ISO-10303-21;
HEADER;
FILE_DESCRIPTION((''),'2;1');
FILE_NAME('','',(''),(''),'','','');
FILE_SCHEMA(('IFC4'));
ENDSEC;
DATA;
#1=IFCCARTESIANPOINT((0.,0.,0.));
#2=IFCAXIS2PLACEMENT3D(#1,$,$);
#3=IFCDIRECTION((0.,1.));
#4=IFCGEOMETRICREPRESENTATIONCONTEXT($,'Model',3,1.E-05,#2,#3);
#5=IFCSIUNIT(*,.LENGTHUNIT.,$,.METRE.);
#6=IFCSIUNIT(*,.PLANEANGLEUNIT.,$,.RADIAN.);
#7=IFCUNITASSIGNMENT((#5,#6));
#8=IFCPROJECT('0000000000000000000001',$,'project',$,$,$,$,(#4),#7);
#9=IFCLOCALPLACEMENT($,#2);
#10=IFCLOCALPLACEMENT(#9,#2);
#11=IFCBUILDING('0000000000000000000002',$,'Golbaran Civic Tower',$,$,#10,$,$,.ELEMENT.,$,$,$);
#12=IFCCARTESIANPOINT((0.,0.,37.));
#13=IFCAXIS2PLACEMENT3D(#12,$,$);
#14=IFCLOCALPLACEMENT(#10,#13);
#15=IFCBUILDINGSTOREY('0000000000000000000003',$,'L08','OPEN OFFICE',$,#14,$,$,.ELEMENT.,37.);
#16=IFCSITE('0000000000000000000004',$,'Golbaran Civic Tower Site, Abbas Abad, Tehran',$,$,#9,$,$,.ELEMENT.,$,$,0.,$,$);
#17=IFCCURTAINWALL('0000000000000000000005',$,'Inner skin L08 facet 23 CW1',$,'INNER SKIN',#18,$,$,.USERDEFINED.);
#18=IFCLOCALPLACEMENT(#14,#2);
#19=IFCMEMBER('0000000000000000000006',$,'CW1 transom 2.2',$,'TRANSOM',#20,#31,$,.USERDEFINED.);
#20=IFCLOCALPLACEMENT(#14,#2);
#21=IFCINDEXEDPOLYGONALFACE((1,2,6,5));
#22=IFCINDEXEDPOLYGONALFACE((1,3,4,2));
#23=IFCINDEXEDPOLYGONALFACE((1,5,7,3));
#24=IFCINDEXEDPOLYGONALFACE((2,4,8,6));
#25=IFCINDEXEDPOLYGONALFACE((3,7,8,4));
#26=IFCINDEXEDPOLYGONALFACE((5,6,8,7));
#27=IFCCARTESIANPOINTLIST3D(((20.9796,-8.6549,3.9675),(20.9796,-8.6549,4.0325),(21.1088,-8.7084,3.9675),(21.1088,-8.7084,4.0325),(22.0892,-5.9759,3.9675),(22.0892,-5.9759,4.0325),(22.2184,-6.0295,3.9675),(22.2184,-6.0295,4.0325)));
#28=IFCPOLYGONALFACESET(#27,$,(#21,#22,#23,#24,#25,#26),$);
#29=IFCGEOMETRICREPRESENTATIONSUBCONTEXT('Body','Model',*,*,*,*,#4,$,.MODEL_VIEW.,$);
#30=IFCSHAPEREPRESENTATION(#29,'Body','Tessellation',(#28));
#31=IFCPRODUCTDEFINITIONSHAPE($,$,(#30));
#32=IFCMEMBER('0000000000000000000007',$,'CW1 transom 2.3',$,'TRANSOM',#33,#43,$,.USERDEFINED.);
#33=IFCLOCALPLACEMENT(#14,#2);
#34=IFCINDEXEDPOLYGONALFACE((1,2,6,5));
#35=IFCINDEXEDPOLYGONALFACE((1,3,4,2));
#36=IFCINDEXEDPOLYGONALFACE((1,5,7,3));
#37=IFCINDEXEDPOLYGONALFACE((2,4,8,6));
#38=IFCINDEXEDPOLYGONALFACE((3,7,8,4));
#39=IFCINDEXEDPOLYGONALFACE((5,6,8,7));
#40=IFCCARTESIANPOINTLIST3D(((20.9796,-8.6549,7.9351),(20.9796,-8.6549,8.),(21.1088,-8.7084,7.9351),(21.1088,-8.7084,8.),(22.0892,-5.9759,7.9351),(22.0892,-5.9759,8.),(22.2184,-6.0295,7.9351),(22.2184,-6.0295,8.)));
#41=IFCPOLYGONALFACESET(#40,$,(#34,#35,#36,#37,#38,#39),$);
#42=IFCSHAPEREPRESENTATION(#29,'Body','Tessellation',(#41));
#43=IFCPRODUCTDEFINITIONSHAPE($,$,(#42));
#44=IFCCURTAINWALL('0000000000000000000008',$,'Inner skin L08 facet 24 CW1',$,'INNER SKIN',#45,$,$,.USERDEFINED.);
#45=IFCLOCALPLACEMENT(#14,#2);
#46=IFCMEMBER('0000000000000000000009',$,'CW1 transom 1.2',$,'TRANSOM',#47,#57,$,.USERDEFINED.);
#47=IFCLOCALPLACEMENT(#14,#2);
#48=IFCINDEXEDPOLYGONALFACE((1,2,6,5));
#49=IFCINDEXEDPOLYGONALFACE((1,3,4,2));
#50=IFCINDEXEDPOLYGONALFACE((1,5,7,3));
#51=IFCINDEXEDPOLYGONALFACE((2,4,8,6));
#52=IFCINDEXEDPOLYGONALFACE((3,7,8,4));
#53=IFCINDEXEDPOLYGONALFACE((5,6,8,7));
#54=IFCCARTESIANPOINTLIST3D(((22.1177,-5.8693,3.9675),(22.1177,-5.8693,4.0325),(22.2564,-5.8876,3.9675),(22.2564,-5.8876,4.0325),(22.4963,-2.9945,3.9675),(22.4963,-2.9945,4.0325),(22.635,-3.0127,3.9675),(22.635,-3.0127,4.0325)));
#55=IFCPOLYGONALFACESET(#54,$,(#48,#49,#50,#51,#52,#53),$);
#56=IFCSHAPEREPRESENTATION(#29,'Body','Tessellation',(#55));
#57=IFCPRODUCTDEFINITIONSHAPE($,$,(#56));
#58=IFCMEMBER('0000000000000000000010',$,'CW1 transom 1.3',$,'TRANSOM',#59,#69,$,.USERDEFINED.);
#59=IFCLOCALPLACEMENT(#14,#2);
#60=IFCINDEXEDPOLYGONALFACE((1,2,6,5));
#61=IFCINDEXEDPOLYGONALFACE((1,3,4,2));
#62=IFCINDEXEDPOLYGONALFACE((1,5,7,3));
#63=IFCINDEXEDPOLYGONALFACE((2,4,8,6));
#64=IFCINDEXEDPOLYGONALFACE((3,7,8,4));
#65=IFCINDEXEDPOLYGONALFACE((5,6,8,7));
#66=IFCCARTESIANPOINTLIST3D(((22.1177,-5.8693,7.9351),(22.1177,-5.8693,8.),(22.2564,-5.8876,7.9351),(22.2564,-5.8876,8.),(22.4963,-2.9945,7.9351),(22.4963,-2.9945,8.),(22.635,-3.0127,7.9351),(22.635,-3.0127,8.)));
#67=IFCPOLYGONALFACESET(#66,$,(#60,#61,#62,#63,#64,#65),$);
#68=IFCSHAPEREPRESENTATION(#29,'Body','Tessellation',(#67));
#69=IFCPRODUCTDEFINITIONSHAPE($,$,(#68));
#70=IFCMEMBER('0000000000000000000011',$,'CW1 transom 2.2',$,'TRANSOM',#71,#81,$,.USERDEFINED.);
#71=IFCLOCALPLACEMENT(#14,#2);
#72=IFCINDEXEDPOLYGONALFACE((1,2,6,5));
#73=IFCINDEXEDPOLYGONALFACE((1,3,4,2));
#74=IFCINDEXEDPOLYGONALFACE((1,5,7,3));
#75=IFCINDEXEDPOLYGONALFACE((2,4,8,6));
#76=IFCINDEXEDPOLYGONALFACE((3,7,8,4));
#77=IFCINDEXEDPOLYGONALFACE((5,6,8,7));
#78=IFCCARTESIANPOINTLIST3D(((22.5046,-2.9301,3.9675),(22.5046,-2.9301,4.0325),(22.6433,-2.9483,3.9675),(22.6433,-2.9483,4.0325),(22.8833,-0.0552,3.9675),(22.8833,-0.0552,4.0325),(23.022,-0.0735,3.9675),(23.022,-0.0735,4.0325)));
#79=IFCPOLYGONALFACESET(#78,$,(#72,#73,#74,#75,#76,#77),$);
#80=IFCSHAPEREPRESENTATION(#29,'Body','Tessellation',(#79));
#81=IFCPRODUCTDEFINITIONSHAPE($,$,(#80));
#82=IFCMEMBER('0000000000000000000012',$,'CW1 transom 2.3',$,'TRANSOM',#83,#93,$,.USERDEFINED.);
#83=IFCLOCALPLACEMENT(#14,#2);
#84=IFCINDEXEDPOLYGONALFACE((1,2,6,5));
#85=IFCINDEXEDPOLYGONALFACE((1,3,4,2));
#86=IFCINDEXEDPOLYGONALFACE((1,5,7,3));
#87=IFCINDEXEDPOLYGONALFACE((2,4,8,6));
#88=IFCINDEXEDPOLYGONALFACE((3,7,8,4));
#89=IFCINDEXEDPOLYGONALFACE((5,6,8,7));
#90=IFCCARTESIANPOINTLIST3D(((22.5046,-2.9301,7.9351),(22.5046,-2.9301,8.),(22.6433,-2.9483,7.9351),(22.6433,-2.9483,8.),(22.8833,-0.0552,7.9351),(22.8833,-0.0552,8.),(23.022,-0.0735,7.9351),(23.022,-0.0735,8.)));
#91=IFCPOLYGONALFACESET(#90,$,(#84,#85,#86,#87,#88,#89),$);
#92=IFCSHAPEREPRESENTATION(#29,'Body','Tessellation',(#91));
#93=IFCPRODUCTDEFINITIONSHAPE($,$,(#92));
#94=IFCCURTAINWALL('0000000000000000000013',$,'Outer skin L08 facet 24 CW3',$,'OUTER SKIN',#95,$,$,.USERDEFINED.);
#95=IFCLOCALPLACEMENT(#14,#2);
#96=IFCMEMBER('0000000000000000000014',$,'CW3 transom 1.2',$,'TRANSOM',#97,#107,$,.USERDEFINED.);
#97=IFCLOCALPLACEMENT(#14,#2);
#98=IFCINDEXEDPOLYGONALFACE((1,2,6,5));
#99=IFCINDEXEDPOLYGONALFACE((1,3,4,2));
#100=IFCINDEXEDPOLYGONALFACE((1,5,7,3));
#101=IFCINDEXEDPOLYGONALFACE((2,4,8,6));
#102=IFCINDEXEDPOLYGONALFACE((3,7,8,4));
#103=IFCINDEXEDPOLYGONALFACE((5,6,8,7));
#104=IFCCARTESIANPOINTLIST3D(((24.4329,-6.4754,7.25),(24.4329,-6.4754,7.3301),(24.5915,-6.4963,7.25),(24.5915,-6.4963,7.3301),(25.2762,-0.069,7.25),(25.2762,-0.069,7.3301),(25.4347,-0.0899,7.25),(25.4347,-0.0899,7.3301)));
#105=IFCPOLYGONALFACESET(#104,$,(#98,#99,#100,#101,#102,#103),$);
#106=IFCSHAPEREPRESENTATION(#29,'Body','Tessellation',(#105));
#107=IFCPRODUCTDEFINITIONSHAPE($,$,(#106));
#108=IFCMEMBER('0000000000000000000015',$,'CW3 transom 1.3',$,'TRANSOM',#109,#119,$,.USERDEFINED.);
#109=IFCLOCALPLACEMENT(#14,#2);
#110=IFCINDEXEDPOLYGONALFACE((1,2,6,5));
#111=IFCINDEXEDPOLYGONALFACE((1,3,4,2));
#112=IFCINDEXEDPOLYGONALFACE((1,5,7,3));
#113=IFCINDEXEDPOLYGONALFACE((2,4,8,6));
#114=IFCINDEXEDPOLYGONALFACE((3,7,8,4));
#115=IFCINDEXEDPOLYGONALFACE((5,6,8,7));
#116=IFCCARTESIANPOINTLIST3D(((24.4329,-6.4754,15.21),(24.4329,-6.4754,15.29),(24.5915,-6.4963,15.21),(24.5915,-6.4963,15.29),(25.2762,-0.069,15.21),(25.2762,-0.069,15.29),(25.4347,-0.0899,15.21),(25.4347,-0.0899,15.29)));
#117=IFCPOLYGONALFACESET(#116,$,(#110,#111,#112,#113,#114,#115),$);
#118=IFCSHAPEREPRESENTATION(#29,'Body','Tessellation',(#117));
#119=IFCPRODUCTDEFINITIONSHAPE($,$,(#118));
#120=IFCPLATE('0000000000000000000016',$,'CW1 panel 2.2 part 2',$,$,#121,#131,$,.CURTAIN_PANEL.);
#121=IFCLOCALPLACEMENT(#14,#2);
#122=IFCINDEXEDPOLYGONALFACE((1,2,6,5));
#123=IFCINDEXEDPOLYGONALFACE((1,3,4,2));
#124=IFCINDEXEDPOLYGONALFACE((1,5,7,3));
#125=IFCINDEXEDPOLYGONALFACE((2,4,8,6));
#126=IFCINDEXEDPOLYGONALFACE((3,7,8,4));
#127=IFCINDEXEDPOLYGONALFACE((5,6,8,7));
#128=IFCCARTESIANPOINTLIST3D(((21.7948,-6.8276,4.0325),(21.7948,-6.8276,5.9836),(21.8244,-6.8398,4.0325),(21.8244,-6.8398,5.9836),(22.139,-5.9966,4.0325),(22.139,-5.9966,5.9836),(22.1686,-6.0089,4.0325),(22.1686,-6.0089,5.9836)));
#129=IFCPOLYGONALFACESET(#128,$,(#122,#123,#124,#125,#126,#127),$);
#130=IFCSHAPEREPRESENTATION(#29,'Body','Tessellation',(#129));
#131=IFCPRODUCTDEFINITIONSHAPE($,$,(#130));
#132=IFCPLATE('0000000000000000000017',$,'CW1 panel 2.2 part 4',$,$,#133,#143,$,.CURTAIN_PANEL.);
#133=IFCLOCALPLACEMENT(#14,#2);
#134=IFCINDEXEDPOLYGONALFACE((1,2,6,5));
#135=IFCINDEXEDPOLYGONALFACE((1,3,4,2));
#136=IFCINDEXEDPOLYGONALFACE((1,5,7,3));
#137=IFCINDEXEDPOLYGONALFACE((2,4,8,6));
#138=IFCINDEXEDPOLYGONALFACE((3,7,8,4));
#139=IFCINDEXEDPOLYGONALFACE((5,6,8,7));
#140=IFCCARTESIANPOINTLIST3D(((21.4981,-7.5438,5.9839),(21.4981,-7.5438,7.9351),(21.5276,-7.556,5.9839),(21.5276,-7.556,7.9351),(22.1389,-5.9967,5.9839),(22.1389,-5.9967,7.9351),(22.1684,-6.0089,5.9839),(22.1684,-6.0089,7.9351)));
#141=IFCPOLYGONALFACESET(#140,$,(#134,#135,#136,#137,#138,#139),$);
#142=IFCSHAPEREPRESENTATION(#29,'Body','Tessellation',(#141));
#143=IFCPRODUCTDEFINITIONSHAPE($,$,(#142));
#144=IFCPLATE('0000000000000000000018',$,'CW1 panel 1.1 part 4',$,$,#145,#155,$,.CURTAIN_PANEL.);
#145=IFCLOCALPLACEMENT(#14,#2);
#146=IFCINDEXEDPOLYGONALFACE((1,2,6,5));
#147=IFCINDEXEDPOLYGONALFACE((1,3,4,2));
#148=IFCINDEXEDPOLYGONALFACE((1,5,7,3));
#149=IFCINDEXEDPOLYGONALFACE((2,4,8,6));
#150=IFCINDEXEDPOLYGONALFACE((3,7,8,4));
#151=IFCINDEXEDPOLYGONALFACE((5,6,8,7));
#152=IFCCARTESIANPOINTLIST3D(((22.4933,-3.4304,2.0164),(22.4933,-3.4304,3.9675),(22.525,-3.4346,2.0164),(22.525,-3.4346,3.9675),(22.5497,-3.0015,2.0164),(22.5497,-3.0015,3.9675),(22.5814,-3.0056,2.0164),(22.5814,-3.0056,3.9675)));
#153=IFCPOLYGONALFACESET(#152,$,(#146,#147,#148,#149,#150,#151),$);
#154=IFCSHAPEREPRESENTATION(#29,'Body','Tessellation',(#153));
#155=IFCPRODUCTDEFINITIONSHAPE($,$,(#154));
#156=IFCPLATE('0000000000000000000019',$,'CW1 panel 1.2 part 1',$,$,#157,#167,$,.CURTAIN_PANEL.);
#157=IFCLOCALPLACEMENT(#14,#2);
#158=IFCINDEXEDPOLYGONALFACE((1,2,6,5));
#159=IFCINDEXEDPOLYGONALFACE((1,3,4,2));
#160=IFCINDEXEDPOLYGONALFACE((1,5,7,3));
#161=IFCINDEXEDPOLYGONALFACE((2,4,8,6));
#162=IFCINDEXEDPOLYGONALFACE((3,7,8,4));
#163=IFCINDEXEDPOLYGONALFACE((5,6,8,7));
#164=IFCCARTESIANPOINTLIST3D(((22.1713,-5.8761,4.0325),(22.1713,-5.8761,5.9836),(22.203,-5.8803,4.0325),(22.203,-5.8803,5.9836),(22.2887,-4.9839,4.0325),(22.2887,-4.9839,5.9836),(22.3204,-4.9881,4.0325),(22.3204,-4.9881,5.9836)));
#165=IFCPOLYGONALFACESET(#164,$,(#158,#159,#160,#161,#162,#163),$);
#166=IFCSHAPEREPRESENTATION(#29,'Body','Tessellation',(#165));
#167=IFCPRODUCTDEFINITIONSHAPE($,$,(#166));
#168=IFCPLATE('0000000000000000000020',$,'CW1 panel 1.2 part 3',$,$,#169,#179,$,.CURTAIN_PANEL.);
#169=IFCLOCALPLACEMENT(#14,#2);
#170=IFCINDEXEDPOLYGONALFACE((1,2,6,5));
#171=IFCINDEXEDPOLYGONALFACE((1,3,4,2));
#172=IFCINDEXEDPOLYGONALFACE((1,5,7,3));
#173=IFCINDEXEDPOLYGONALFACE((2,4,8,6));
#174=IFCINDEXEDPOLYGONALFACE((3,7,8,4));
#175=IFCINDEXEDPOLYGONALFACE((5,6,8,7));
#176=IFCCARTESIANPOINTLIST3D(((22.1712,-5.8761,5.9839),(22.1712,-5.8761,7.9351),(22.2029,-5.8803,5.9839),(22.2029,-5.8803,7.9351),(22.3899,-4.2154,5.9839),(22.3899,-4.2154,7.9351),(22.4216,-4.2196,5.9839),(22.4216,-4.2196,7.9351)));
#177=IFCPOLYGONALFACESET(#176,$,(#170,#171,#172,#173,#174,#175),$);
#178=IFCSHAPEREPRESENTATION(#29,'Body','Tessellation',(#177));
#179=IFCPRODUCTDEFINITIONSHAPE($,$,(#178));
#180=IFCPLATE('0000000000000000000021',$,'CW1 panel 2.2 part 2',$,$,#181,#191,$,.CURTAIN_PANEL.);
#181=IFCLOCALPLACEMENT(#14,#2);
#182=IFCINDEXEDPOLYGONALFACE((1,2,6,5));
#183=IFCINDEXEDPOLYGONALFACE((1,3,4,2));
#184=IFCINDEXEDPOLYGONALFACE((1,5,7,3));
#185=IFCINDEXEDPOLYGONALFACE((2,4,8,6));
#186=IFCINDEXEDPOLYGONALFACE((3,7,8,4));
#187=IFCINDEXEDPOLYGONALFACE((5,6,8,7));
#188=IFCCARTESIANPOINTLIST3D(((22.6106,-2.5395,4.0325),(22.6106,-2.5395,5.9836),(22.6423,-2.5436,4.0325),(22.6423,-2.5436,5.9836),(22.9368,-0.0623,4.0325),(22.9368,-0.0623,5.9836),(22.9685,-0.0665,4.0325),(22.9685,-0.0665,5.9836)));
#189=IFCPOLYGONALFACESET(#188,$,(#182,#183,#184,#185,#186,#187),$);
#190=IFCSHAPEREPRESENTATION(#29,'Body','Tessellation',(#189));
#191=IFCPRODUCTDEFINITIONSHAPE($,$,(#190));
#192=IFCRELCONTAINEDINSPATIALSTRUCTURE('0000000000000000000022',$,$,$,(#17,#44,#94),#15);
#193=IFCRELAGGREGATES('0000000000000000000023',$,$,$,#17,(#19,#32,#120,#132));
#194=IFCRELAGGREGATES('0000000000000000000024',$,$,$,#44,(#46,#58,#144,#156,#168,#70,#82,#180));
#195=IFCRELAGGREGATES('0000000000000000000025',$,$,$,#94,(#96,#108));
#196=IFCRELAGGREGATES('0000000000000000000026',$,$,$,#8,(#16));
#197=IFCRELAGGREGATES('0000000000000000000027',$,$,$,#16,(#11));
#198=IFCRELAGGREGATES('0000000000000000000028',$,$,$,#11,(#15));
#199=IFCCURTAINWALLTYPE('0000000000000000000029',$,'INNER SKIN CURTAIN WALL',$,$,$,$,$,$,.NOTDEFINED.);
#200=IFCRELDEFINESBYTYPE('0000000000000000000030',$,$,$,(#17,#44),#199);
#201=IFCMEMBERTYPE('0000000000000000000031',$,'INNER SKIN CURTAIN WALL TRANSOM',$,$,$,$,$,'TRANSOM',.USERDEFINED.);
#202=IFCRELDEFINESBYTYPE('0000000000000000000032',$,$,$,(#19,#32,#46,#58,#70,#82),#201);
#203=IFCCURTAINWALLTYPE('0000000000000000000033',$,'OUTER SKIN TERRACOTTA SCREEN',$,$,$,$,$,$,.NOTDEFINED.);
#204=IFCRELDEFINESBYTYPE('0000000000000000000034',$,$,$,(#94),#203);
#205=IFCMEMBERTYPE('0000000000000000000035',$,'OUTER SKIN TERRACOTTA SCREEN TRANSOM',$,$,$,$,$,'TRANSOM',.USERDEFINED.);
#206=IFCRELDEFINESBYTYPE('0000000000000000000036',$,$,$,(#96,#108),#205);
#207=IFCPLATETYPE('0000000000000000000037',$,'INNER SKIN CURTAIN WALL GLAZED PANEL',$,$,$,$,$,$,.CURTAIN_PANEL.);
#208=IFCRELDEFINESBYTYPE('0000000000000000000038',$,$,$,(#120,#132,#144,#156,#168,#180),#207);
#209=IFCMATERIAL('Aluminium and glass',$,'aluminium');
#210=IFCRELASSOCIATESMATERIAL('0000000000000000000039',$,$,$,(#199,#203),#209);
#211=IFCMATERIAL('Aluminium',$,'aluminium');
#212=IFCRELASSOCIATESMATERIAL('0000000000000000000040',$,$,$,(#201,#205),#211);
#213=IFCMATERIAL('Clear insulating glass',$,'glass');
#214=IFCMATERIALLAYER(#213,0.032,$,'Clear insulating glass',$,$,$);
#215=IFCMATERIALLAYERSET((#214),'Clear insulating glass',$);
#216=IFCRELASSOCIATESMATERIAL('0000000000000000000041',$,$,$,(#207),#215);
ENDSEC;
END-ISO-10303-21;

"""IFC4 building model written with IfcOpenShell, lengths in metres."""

from ifc_helpers import new_model, si_unit, direction, frame, origin, origin_2d, place, context, subcontext, project, spatial, rectangle, extrude, material, layer, layer_set, material_profile, profile_set, type_object, element, aggregate, save


model = new_model("IFC4")

# Units and contexts
model_context = context("Model", 3, precision=1e-05, world=origin(), true_north=direction((0.0, 1.0)))
body_context = subcontext(model_context, "Body", "Model", "MODEL_VIEW")
ifc_project = project(units=[si_unit("LENGTHUNIT", "METRE"), si_unit("PLANEANGLEUNIT", "RADIAN")], contexts=[model_context])

# Site, building, storey
site_placement = place(None, origin())
site = spatial("IfcSite", under=ifc_project, at=site_placement, Name="Golbaran Civic Tower Site, Abbas Abad, Tehran", CompositionType="ELEMENT", RefElevation=0.0)
building_placement = place(site_placement, origin())
building = spatial("IfcBuilding", under=site, at=building_placement, Name="Golbaran Civic Tower", CompositionType="ELEMENT")
storey_placement = place(building_placement, frame((0.0, 0.0, 37.0)))
storey = spatial("IfcBuildingStorey", under=building, at=storey_placement, Name="L08", Description="OPEN OFFICE", CompositionType="ELEMENT", Elevation=37.0)

# Curtain walls, members
ifc_material_1 = material(Name="Aluminium and glass", Category="aluminium")
curtain_wall_type_1 = type_object("IfcCurtainWallType", Name="INNER SKIN CURTAIN WALL", PredefinedType="NOTDEFINED", material=ifc_material_1)
curtain_wall_1_placement = place(storey_placement, origin())
curtain_wall_1 = element("IfcCurtainWall", 1, at=curtain_wall_1_placement, inside=storey, type_object=curtain_wall_type_1, Name="Inner skin L08 facet 23 CW1", ObjectType="INNER SKIN", PredefinedType="USERDEFINED")
ifc_material_2 = material(Name="Aluminium", Category="aluminium")
ifc_material_profile_1 = material_profile(ifc_material_2, rectangle(XDim=0.1399, YDim=0.0649, at=origin_2d()), Name="INNER SKIN CURTAIN WALL TRANSOM")
ifc_profile_set_1 = profile_set([ifc_material_profile_1], Name="Aluminium")
member_type_1 = type_object("IfcMemberType", Name="INNER SKIN CURTAIN WALL TRANSOM", ElementType="TRANSOM", PredefinedType="USERDEFINED", material=ifc_profile_set_1)
member_1_placement = place(storey_placement, frame((21.0442, -8.6816, 4.0), z_axis=(0.382672, 0.923884, 0.0), x_axis=(-0.923884, 0.382672, 0.0)))
member_1 = element("IfcMember", 2, at=member_1_placement, type_object=member_type_1, Name="CW1 transom 2.2", ObjectType="TRANSOM", PredefinedType="USERDEFINED", context=body_context, shape_type="SweptSolid", body=[
    extrude(rectangle(XDim=0.1399, YDim=0.0649, at=origin_2d()), origin(), (0.0, 0.0, 1.0), 2.8997),
])
member_2_placement = place(storey_placement, frame((21.0442, -8.6816, 7.9675), z_axis=(0.382672, 0.923884, 0.0), x_axis=(-0.923884, 0.382672, 0.0)))
member_2 = element("IfcMember", 3, at=member_2_placement, type_object=member_type_1, Name="CW1 transom 2.3", ObjectType="TRANSOM", PredefinedType="USERDEFINED", context=body_context, shape_type="SweptSolid", body=[
    extrude(rectangle(XDim=0.1399, YDim=0.0649, at=origin_2d()), origin(), (0.0, 0.0, 1.0), 2.8997),
])
curtain_wall_2_placement = place(storey_placement, origin())
curtain_wall_2 = element("IfcCurtainWall", 4, at=curtain_wall_2_placement, inside=storey, type_object=curtain_wall_type_1, Name="Inner skin L08 facet 24 CW1", ObjectType="INNER SKIN", PredefinedType="USERDEFINED")
member_3_placement = place(storey_placement, frame((22.187, -5.8784, 4.0), z_axis=(0.130592, 0.991436, 0.0), x_axis=(-0.991436, 0.130592, 0.0)))
member_3 = element("IfcMember", 5, at=member_3_placement, type_object=member_type_1, Name="CW1 transom 1.2", ObjectType="TRANSOM", PredefinedType="USERDEFINED", context=body_context, shape_type="SweptSolid", body=[
    extrude(rectangle(XDim=0.1399, YDim=0.0649, at=origin_2d()), origin(), (0.0, 0.0, 1.0), 2.8997),
])
member_4_placement = place(storey_placement, frame((22.187, -5.8784, 7.9675), z_axis=(0.130592, 0.991436, 0.0), x_axis=(-0.991436, 0.130592, 0.0)))
member_4 = element("IfcMember", 6, at=member_4_placement, type_object=member_type_1, Name="CW1 transom 1.3", ObjectType="TRANSOM", PredefinedType="USERDEFINED", context=body_context, shape_type="SweptSolid", body=[
    extrude(rectangle(XDim=0.1399, YDim=0.0649, at=origin_2d()), origin(), (0.0, 0.0, 1.0), 2.8997),
])
member_5_placement = place(storey_placement, frame((22.574, -2.9392, 4.0), z_axis=(0.130592, 0.991436, 0.0), x_axis=(-0.991436, 0.130592, 0.0)))
member_5 = element("IfcMember", 7, at=member_5_placement, type_object=member_type_1, Name="CW1 transom 2.2", ObjectType="TRANSOM", PredefinedType="USERDEFINED", context=body_context, shape_type="SweptSolid", body=[
    extrude(rectangle(XDim=0.1399, YDim=0.0649, at=origin_2d()), origin(), (0.0, 0.0, 1.0), 2.8997),
])
member_6_placement = place(storey_placement, frame((22.574, -2.9392, 7.9675), z_axis=(0.130592, 0.991436, 0.0), x_axis=(-0.991436, 0.130592, 0.0)))
member_6 = element("IfcMember", 8, at=member_6_placement, type_object=member_type_1, Name="CW1 transom 2.3", ObjectType="TRANSOM", PredefinedType="USERDEFINED", context=body_context, shape_type="SweptSolid", body=[
    extrude(rectangle(XDim=0.1399, YDim=0.0649, at=origin_2d()), origin(), (0.0, 0.0, 1.0), 2.8997),
])
curtain_wall_type_2 = type_object("IfcCurtainWallType", Name="OUTER SKIN TERRACOTTA SCREEN", PredefinedType="NOTDEFINED", material=ifc_material_1)
curtain_wall_3_placement = place(storey_placement, origin())
curtain_wall_3 = element("IfcCurtainWall", 9, at=curtain_wall_3_placement, inside=storey, type_object=curtain_wall_type_2, Name="Outer skin L08 facet 24 CW3", ObjectType="OUTER SKIN", PredefinedType="USERDEFINED")
ifc_material_profile_2 = material_profile(ifc_material_2, rectangle(XDim=0.1599, YDim=0.0801, at=origin_2d()), Name="OUTER SKIN TERRACOTTA SCREEN TRANSOM")
ifc_profile_set_2 = profile_set([ifc_material_profile_2], Name="Aluminium")
member_type_2 = type_object("IfcMemberType", Name="OUTER SKIN TERRACOTTA SCREEN TRANSOM", ElementType="TRANSOM", PredefinedType="USERDEFINED", material=ifc_profile_set_2)
member_7_placement = place(storey_placement, frame((24.5122, -6.4858, 7.29), z_axis=(0.1305, 0.991448, 0.0), x_axis=(-0.991448, 0.1305, 0.0)))
member_7 = element("IfcMember", 10, at=member_7_placement, type_object=member_type_2, Name="CW3 transom 1.2", ObjectType="TRANSOM", PredefinedType="USERDEFINED", context=body_context, shape_type="SweptSolid", body=[
    extrude(rectangle(XDim=0.1599, YDim=0.0801, at=origin_2d()), origin(), (0.0, 0.0, 1.0), 6.4617),
])
member_8_placement = place(storey_placement, frame((24.5122, -6.4858, 15.25), z_axis=(0.1305, 0.991448, 0.0), x_axis=(-0.991448, 0.1305, 0.0)))
member_8 = element("IfcMember", 11, at=member_8_placement, type_object=member_type_2, Name="CW3 transom 1.3", ObjectType="TRANSOM", PredefinedType="USERDEFINED", context=body_context, shape_type="SweptSolid", body=[
    extrude(rectangle(XDim=0.1599, YDim=0.0801, at=origin_2d()), origin(), (0.0, 0.0, 1.0), 6.4617),
])

# Plates
ifc_material_3 = material(Name="Clear insulating glass", Category="glass")
ifc_layer_1 = layer(ifc_material_3, 0.032, Name="Clear insulating glass")
ifc_layer_set_1 = layer_set([ifc_layer_1], Name="Clear insulating glass")
plate_type_1 = type_object("IfcPlateType", Name="INNER SKIN CURTAIN WALL GLAZED PANEL", PredefinedType="CURTAIN_PANEL", material=ifc_layer_set_1)
plate_1_placement = place(storey_placement, frame((21.9817, -6.4182, 4.0325), z_axis=(0.0, 0.0, 1.0), x_axis=(0.382683, 0.92388, 0.0)))
plate_1 = element("IfcPlate", 12, at=plate_1_placement, type_object=plate_type_1, Name="CW1 panel 2.2 part 2", PredefinedType="CURTAIN_PANEL", context=body_context, shape_type="SweptSolid", body=[
    extrude(rectangle(XDim=0.8994, YDim=0.032, at=origin_2d()), origin(), (0.0, 0.0, 1.0), 1.9512),
])
plate_2_placement = place(storey_placement, frame((21.8333, -6.7764, 5.9839), z_axis=(0.0, 0.0, 1.0), x_axis=(0.382683, 0.92388, 0.0)))
plate_2 = element("IfcPlate", 13, at=plate_2_placement, type_object=plate_type_1, Name="CW1 panel 2.2 part 4", PredefinedType="CURTAIN_PANEL", context=body_context, shape_type="SweptSolid", body=[
    extrude(rectangle(XDim=1.6746, YDim=0.032, at=origin_2d()), origin(), (0.0, 0.0, 1.0), 1.9512),
])
plate_3_placement = place(storey_placement, frame((22.5374, -3.218, 2.0164), z_axis=(0.0, 0.0, 1.0), x_axis=(0.130526, 0.991445, 0.0)))
plate_3 = element("IfcPlate", 14, at=plate_3_placement, type_object=plate_type_1, Name="CW1 panel 1.1 part 4", PredefinedType="CURTAIN_PANEL", context=body_context, shape_type="SweptSolid", body=[
    extrude(rectangle(XDim=0.4326, YDim=0.032, at=origin_2d()), origin(), (0.0, 0.0, 1.0), 1.9512),
])
plate_4_placement = place(storey_placement, frame((22.2458, -5.4321, 4.0325), z_axis=(0.0, 0.0, 1.0), x_axis=(0.130526, 0.991445, 0.0)))
plate_4 = element("IfcPlate", 15, at=plate_4_placement, type_object=plate_type_1, Name="CW1 panel 1.2 part 1", PredefinedType="CURTAIN_PANEL", context=body_context, shape_type="SweptSolid", body=[
    extrude(rectangle(XDim=0.8999, YDim=0.032, at=origin_2d()), origin(), (0.0, 0.0, 1.0), 1.9512),
])
plate_5_placement = place(storey_placement, frame((22.2964, -5.0479, 5.9839), z_axis=(0.0, 0.0, 1.0), x_axis=(0.130526, 0.991445, 0.0)))
plate_5 = element("IfcPlate", 16, at=plate_5_placement, type_object=plate_type_1, Name="CW1 panel 1.2 part 3", PredefinedType="CURTAIN_PANEL", context=body_context, shape_type="SweptSolid", body=[
    extrude(rectangle(XDim=1.675, YDim=0.032, at=origin_2d()), origin(), (0.0, 0.0, 1.0), 1.9512),
])
plate_6_placement = place(storey_placement, frame((22.7896, -1.303, 4.0325), z_axis=(0.0, 0.0, 1.0), x_axis=(0.130526, 0.991445, 0.0)))
plate_6 = element("IfcPlate", 17, at=plate_6_placement, type_object=plate_type_1, Name="CW1 panel 2.2 part 2", PredefinedType="CURTAIN_PANEL", context=body_context, shape_type="SweptSolid", body=[
    extrude(rectangle(XDim=2.4985, YDim=0.032, at=origin_2d()), origin(), (0.0, 0.0, 1.0), 1.9512),
])
aggregate(curtain_wall_1, [member_1, member_2, plate_1, plate_2])
aggregate(curtain_wall_2, [member_3, member_4, plate_3, plate_4, plate_5, member_5, member_6, plate_6])
aggregate(curtain_wall_3, [member_7, member_8])

save(model, "model.ifc")
